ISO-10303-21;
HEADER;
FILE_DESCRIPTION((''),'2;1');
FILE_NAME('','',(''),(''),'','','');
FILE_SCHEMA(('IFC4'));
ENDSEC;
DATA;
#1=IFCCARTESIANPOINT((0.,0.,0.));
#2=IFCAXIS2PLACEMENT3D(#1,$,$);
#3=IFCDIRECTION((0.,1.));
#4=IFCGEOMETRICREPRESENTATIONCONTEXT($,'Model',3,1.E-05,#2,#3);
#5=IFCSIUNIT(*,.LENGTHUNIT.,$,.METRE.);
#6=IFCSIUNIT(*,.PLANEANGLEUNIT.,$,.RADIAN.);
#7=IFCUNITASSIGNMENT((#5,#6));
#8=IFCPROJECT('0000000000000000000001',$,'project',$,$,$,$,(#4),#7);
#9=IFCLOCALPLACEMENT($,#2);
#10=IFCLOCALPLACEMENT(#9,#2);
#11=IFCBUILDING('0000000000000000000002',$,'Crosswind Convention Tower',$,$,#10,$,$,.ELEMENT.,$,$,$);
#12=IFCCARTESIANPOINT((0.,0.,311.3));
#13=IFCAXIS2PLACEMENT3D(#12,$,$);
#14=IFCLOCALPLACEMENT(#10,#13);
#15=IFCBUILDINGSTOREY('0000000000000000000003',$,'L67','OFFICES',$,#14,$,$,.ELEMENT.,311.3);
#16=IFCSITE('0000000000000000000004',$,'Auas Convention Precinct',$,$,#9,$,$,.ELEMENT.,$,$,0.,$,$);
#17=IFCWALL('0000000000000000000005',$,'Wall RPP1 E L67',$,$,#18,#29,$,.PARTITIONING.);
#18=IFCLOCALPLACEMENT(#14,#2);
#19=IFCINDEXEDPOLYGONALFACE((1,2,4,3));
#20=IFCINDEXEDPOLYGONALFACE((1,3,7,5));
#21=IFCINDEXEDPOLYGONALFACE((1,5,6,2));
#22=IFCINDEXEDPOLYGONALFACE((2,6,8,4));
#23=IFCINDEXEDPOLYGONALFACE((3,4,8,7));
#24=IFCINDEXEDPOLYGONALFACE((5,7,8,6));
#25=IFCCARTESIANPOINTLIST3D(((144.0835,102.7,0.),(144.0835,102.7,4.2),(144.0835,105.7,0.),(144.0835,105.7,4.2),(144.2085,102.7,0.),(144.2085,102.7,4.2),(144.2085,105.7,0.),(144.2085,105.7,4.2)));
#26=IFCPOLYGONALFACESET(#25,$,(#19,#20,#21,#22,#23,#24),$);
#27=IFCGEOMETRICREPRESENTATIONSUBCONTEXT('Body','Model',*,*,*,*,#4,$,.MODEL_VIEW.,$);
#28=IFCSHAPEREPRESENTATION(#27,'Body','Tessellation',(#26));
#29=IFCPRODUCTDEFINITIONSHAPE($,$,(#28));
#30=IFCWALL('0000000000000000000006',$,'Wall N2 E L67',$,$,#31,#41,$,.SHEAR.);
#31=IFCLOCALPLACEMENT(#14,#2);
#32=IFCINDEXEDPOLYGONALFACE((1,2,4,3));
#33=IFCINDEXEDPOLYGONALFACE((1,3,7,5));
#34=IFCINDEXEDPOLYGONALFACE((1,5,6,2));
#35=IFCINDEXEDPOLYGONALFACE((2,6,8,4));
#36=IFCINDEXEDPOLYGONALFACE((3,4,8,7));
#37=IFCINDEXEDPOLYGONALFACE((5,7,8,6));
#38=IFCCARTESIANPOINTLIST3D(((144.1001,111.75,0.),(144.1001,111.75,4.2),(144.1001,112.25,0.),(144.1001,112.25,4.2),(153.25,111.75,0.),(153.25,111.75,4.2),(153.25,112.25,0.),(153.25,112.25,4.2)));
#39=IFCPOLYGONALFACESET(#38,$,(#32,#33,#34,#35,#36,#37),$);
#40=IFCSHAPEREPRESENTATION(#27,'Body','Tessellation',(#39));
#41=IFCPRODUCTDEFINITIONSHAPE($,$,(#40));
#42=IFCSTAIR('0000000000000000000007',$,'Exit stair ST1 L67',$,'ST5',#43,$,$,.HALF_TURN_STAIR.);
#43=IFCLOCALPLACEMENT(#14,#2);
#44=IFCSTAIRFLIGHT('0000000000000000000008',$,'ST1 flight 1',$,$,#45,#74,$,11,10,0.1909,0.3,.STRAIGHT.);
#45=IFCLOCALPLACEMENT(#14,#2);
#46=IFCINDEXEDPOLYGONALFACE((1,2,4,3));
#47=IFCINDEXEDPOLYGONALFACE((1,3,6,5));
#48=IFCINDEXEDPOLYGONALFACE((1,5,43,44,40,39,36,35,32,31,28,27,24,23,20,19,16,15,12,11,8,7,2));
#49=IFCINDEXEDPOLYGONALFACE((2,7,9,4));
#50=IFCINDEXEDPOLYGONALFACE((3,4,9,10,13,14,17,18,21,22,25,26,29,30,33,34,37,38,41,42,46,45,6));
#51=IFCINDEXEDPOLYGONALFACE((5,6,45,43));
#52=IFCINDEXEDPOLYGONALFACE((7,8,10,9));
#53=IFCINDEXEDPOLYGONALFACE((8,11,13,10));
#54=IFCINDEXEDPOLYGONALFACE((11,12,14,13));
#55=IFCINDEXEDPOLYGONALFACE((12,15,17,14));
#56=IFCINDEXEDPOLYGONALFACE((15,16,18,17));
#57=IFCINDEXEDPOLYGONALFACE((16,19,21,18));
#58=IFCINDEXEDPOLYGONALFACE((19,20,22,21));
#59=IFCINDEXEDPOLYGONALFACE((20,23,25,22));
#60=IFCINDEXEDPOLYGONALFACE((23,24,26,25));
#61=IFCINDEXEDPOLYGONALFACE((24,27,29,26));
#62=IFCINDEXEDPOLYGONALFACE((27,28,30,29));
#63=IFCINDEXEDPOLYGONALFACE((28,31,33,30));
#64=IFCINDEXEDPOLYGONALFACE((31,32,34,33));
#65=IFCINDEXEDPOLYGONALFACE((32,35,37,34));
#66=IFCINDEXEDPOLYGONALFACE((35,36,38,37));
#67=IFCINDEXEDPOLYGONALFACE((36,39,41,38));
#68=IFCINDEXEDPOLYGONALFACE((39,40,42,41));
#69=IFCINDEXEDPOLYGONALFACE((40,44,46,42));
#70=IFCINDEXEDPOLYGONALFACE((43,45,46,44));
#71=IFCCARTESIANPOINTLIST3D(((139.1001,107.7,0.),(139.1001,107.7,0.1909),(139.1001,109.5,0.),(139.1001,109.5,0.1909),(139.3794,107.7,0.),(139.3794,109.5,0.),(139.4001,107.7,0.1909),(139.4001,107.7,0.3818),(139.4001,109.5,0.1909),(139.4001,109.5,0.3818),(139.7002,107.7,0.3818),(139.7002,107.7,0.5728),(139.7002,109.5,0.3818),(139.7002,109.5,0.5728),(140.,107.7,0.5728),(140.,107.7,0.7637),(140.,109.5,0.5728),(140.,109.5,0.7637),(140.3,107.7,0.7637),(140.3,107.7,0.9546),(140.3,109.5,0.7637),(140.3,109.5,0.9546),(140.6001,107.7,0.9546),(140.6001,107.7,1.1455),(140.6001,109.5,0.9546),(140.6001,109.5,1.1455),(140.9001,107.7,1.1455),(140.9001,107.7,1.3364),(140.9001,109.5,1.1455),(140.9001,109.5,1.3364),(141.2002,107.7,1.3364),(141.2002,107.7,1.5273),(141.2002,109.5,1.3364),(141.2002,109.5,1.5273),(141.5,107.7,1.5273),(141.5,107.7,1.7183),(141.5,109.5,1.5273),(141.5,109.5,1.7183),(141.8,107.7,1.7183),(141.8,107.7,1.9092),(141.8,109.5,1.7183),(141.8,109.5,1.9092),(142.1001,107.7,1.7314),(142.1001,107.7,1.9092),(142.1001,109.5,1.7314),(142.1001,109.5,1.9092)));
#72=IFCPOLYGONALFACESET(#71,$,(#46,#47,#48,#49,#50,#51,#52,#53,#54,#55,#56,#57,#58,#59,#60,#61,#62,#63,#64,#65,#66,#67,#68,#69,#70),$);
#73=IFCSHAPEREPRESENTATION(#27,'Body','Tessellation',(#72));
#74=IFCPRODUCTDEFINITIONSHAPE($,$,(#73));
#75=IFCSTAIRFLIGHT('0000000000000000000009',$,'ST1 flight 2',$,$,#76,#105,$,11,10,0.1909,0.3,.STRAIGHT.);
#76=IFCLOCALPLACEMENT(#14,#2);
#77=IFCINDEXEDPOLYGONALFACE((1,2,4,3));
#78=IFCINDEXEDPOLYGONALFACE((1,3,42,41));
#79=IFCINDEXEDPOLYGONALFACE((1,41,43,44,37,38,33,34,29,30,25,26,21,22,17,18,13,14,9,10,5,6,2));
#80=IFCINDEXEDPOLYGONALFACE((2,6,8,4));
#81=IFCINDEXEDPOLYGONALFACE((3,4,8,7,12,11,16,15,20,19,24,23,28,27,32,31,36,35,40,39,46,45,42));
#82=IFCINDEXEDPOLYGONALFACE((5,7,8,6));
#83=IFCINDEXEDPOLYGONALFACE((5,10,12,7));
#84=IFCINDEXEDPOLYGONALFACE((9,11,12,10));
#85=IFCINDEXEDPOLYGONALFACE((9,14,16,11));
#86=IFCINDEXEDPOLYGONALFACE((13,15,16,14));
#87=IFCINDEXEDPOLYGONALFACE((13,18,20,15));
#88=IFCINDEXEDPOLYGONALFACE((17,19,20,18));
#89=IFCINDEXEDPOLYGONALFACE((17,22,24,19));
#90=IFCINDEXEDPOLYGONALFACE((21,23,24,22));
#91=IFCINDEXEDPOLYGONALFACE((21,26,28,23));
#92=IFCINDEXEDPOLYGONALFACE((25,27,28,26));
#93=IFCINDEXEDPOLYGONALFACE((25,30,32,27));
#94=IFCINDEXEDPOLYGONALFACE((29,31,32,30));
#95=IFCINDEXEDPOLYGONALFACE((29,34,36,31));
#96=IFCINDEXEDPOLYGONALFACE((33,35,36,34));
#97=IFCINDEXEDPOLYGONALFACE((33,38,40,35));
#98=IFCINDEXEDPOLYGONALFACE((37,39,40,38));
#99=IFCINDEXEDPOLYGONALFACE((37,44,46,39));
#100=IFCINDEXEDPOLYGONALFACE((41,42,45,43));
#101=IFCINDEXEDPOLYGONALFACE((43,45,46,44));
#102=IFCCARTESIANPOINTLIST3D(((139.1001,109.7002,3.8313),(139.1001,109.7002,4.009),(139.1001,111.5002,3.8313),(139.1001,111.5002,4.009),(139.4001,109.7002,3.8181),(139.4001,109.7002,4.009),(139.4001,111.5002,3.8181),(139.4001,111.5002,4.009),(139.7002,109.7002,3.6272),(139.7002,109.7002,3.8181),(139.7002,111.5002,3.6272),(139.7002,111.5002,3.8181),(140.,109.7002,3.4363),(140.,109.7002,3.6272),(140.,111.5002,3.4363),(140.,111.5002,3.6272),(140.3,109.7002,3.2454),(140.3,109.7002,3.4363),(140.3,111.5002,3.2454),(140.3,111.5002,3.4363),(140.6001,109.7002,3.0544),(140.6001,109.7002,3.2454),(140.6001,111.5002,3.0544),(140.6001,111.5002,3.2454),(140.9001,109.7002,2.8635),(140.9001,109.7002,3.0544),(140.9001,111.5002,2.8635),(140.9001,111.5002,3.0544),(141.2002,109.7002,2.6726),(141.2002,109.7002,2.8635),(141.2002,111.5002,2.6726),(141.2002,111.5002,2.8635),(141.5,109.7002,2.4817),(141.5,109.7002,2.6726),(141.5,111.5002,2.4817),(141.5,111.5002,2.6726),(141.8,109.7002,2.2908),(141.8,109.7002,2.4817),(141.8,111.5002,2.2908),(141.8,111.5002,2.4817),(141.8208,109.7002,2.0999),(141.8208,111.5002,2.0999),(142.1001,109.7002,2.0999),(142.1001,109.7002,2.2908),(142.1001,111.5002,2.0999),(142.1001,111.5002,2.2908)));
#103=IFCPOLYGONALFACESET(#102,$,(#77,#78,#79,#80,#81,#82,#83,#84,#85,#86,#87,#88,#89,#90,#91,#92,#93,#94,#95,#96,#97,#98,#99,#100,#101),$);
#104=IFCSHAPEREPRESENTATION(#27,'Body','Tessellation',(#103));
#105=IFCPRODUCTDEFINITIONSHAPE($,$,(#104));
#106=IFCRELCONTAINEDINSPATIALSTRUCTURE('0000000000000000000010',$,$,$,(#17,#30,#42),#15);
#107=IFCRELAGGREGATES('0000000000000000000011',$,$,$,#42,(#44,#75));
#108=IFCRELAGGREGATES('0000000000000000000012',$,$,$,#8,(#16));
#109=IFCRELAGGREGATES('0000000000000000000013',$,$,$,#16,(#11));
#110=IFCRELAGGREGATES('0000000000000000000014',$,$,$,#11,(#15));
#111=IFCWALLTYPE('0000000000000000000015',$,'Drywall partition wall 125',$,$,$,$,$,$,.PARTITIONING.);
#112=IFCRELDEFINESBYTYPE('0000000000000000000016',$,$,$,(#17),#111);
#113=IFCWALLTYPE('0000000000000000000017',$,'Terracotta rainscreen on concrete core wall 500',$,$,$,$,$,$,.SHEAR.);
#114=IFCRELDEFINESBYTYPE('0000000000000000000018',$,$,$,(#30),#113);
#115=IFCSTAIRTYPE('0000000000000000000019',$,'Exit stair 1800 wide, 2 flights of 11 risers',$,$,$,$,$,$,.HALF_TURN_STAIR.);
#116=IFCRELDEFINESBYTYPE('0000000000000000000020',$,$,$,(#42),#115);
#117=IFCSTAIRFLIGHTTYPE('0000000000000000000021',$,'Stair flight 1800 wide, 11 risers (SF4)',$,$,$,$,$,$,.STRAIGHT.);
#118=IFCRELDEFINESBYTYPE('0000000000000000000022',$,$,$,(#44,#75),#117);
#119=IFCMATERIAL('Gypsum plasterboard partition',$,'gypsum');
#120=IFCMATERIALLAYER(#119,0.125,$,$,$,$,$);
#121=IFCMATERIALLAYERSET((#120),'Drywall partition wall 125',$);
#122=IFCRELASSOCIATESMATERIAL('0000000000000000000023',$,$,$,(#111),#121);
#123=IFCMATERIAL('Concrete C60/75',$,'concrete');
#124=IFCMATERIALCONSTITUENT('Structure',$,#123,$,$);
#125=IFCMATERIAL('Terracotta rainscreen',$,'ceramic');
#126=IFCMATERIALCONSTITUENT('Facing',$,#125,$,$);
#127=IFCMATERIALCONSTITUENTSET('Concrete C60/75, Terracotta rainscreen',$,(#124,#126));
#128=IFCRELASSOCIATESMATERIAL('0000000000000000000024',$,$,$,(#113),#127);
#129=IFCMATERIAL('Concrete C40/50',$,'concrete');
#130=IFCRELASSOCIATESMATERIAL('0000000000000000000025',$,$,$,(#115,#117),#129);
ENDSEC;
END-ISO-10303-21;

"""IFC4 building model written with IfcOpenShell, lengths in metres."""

from ifc_helpers import new_model, si_unit, direction, frame, frame_2d, origin, place, context, subcontext, project, spatial, polyline, rectangle, outline, extrude, material, layer, layer_set, constituent, constituent_set, type_object, element, aggregate, save


model = new_model("IFC4")

# Units and contexts
model_context = context("Model", 3, precision=1e-05, world=origin(), true_north=direction((0.0, 1.0)))
body_context = subcontext(model_context, "Body", "Model", "MODEL_VIEW")
ifc_project = project(units=[si_unit("LENGTHUNIT", "METRE"), si_unit("PLANEANGLEUNIT", "RADIAN")], contexts=[model_context])

# Site, building, storey
site_placement = place(None, origin())
site = spatial("IfcSite", under=ifc_project, at=site_placement, Name="Auas Convention Precinct", CompositionType="ELEMENT", RefElevation=0.0)
building_placement = place(site_placement, origin())
building = spatial("IfcBuilding", under=site, at=building_placement, Name="Crosswind Convention Tower", CompositionType="ELEMENT")
storey_placement = place(building_placement, frame((0.0, 0.0, 311.3)))
storey = spatial("IfcBuildingStorey", under=building, at=storey_placement, Name="L67", Description="OFFICES", CompositionType="ELEMENT", Elevation=311.3)

# Wall
ifc_material_1 = material(Name="Gypsum plasterboard partition", Category="gypsum")
ifc_layer_1 = layer(ifc_material_1, 0.125)
ifc_layer_set_1 = layer_set([ifc_layer_1], Name="Drywall partition wall 125")
wall_type_1 = type_object("IfcWallType", Name="Drywall partition wall 125", PredefinedType="PARTITIONING", material=ifc_layer_set_1)
wall_1_placement = place(storey_placement, frame((144.146, 102.7, 0.0), z_axis=(0.0, 0.0, 1.0), x_axis=(0.0, 1.0, 0.0)))
element("IfcWall", 1, at=wall_1_placement, inside=storey, type_object=wall_type_1, Name="Wall RPP1 E L67", PredefinedType="PARTITIONING", context=body_context, shape_type="SweptSolid", body=[
    extrude(rectangle(XDim=3.0, YDim=0.125, at=frame_2d((1.5, 0.0))), origin(), (0.0, 0.0, 1.0), 4.2),
])

# Shared definitions
ifc_material_2 = material(Name="Terracotta rainscreen", Category="ceramic")

# Wall
ifc_material_3 = material(Name="Concrete C60/75", Category="concrete")
ifc_constituent_1 = constituent(ifc_material_3, Name="Structure")
ifc_constituent_2 = constituent(ifc_material_2, Name="Facing")
ifc_constituent_set = constituent_set(constituents=[ifc_constituent_1, ifc_constituent_2], Name="Concrete C60/75, Terracotta rainscreen")
wall_type_2 = type_object("IfcWallType", Name="Terracotta rainscreen on concrete core wall 500", PredefinedType="SHEAR", material=ifc_constituent_set)
wall_2_placement = place(storey_placement, frame((144.1001, 112.0, 0.0), z_axis=(0.0, 0.0, 1.0), x_axis=(1.0, 0.0, 0.0)))
element("IfcWall", 2, at=wall_2_placement, inside=storey, type_object=wall_type_2, Name="Wall N2 E L67", PredefinedType="SHEAR", context=body_context, shape_type="SweptSolid", body=[
    extrude(rectangle(XDim=9.1499, YDim=0.5, at=frame_2d((4.575, 0.0))), origin(), (0.0, 0.0, 1.0), 4.2),
])

# Stair, stair flights
ifc_material_4 = material(Name="Concrete C40/50", Category="concrete")
stair_type = type_object("IfcStairType", Name="Exit stair 1800 wide, 2 flights of 11 risers", PredefinedType="HALF_TURN_STAIR", material=ifc_material_4)
stair_placement = place(storey_placement, origin())
stair = element("IfcStair", 3, at=stair_placement, inside=storey, type_object=stair_type, Name="Exit stair ST1 L67", ObjectType="ST5", PredefinedType="HALF_TURN_STAIR")
stair_flight_type = type_object("IfcStairFlightType", Name="Stair flight 1800 wide, 11 risers (SF4)", PredefinedType="STRAIGHT", material=ifc_material_4)
stair_flight_1_placement = place(storey_placement, frame((139.1001, 108.6001, 0.0), z_axis=(0.0, 0.0, 1.0), x_axis=(1.0, 0.0, 0.0)))
stair_flight_1 = element("IfcStairFlight", 4, at=stair_flight_1_placement, type_object=stair_flight_type, Name="ST1 flight 1", NumberOfRisers=11, NumberOfTreads=10, PredefinedType="STRAIGHT", RiserHeight=0.1909, TreadLength=0.3, context=body_context, shape_type="SweptSolid", body=[
    extrude(outline(polyline([(0.0, 0.0), (0.0, 0.1909), (0.3, 0.1909), (0.3, 0.3818), (0.6001, 0.3818), (0.6001, 0.5728), (0.8999, 0.5728), (0.8999, 0.7637), (1.2, 0.7637), (1.2, 0.9546), (1.5, 0.9546), (1.5, 1.1455), (1.8, 1.1455), (1.8, 1.3364), (2.1001, 1.3364), (2.1001, 1.5273), (2.3999, 1.5273), (2.3999, 1.7183), (2.7, 1.7183), (2.7, 1.9092), (3.0, 1.9092), (3.0, 2.1001), (3.0, 1.7314), (0.2793, 0.0), (0.0, 0.0)])), frame((0.0, 0.8999, 0.0), z_axis=(0.0, -1.0, 0.0), x_axis=(1.0, 0.0, 0.0)), (0.0, 0.0, 1.0), 1.8),
])
stair_flight_2_placement = place(storey_placement, frame((142.1001, 110.6001, 2.0999), z_axis=(0.0, 0.0, 1.0), x_axis=(-1.0, 0.0, 0.0)))
stair_flight_2 = element("IfcStairFlight", 5, at=stair_flight_2_placement, type_object=stair_flight_type, Name="ST1 flight 2", NumberOfRisers=11, NumberOfTreads=10, PredefinedType="STRAIGHT", RiserHeight=0.1909, TreadLength=0.3, context=body_context, shape_type="SweptSolid", body=[
    extrude(outline(polyline([(0.0, 0.0), (0.0, 0.1909), (0.3, 0.1909), (0.3, 0.3818), (0.6001, 0.3818), (0.6001, 0.5728), (0.8999, 0.5728), (0.8999, 0.7637), (1.2, 0.7637), (1.2, 0.9546), (1.5, 0.9546), (1.5, 1.1455), (1.8, 1.1455), (1.8, 1.3364), (2.1001, 1.3364), (2.1001, 1.5273), (2.3999, 1.5273), (2.3999, 1.7183), (2.7, 1.7183), (2.7, 1.9092), (3.0, 1.9092), (3.0, 2.1001), (3.0, 1.7314), (0.2793, 0.0), (0.0, 0.0)])), frame((0.0, 0.8999, 0.0), z_axis=(0.0, -1.0, 0.0), x_axis=(1.0, 0.0, 0.0)), (0.0, 0.0, 1.0), 1.8),
])
aggregate(stair, [stair_flight_1, stair_flight_2])

save(model, "model.ifc")
